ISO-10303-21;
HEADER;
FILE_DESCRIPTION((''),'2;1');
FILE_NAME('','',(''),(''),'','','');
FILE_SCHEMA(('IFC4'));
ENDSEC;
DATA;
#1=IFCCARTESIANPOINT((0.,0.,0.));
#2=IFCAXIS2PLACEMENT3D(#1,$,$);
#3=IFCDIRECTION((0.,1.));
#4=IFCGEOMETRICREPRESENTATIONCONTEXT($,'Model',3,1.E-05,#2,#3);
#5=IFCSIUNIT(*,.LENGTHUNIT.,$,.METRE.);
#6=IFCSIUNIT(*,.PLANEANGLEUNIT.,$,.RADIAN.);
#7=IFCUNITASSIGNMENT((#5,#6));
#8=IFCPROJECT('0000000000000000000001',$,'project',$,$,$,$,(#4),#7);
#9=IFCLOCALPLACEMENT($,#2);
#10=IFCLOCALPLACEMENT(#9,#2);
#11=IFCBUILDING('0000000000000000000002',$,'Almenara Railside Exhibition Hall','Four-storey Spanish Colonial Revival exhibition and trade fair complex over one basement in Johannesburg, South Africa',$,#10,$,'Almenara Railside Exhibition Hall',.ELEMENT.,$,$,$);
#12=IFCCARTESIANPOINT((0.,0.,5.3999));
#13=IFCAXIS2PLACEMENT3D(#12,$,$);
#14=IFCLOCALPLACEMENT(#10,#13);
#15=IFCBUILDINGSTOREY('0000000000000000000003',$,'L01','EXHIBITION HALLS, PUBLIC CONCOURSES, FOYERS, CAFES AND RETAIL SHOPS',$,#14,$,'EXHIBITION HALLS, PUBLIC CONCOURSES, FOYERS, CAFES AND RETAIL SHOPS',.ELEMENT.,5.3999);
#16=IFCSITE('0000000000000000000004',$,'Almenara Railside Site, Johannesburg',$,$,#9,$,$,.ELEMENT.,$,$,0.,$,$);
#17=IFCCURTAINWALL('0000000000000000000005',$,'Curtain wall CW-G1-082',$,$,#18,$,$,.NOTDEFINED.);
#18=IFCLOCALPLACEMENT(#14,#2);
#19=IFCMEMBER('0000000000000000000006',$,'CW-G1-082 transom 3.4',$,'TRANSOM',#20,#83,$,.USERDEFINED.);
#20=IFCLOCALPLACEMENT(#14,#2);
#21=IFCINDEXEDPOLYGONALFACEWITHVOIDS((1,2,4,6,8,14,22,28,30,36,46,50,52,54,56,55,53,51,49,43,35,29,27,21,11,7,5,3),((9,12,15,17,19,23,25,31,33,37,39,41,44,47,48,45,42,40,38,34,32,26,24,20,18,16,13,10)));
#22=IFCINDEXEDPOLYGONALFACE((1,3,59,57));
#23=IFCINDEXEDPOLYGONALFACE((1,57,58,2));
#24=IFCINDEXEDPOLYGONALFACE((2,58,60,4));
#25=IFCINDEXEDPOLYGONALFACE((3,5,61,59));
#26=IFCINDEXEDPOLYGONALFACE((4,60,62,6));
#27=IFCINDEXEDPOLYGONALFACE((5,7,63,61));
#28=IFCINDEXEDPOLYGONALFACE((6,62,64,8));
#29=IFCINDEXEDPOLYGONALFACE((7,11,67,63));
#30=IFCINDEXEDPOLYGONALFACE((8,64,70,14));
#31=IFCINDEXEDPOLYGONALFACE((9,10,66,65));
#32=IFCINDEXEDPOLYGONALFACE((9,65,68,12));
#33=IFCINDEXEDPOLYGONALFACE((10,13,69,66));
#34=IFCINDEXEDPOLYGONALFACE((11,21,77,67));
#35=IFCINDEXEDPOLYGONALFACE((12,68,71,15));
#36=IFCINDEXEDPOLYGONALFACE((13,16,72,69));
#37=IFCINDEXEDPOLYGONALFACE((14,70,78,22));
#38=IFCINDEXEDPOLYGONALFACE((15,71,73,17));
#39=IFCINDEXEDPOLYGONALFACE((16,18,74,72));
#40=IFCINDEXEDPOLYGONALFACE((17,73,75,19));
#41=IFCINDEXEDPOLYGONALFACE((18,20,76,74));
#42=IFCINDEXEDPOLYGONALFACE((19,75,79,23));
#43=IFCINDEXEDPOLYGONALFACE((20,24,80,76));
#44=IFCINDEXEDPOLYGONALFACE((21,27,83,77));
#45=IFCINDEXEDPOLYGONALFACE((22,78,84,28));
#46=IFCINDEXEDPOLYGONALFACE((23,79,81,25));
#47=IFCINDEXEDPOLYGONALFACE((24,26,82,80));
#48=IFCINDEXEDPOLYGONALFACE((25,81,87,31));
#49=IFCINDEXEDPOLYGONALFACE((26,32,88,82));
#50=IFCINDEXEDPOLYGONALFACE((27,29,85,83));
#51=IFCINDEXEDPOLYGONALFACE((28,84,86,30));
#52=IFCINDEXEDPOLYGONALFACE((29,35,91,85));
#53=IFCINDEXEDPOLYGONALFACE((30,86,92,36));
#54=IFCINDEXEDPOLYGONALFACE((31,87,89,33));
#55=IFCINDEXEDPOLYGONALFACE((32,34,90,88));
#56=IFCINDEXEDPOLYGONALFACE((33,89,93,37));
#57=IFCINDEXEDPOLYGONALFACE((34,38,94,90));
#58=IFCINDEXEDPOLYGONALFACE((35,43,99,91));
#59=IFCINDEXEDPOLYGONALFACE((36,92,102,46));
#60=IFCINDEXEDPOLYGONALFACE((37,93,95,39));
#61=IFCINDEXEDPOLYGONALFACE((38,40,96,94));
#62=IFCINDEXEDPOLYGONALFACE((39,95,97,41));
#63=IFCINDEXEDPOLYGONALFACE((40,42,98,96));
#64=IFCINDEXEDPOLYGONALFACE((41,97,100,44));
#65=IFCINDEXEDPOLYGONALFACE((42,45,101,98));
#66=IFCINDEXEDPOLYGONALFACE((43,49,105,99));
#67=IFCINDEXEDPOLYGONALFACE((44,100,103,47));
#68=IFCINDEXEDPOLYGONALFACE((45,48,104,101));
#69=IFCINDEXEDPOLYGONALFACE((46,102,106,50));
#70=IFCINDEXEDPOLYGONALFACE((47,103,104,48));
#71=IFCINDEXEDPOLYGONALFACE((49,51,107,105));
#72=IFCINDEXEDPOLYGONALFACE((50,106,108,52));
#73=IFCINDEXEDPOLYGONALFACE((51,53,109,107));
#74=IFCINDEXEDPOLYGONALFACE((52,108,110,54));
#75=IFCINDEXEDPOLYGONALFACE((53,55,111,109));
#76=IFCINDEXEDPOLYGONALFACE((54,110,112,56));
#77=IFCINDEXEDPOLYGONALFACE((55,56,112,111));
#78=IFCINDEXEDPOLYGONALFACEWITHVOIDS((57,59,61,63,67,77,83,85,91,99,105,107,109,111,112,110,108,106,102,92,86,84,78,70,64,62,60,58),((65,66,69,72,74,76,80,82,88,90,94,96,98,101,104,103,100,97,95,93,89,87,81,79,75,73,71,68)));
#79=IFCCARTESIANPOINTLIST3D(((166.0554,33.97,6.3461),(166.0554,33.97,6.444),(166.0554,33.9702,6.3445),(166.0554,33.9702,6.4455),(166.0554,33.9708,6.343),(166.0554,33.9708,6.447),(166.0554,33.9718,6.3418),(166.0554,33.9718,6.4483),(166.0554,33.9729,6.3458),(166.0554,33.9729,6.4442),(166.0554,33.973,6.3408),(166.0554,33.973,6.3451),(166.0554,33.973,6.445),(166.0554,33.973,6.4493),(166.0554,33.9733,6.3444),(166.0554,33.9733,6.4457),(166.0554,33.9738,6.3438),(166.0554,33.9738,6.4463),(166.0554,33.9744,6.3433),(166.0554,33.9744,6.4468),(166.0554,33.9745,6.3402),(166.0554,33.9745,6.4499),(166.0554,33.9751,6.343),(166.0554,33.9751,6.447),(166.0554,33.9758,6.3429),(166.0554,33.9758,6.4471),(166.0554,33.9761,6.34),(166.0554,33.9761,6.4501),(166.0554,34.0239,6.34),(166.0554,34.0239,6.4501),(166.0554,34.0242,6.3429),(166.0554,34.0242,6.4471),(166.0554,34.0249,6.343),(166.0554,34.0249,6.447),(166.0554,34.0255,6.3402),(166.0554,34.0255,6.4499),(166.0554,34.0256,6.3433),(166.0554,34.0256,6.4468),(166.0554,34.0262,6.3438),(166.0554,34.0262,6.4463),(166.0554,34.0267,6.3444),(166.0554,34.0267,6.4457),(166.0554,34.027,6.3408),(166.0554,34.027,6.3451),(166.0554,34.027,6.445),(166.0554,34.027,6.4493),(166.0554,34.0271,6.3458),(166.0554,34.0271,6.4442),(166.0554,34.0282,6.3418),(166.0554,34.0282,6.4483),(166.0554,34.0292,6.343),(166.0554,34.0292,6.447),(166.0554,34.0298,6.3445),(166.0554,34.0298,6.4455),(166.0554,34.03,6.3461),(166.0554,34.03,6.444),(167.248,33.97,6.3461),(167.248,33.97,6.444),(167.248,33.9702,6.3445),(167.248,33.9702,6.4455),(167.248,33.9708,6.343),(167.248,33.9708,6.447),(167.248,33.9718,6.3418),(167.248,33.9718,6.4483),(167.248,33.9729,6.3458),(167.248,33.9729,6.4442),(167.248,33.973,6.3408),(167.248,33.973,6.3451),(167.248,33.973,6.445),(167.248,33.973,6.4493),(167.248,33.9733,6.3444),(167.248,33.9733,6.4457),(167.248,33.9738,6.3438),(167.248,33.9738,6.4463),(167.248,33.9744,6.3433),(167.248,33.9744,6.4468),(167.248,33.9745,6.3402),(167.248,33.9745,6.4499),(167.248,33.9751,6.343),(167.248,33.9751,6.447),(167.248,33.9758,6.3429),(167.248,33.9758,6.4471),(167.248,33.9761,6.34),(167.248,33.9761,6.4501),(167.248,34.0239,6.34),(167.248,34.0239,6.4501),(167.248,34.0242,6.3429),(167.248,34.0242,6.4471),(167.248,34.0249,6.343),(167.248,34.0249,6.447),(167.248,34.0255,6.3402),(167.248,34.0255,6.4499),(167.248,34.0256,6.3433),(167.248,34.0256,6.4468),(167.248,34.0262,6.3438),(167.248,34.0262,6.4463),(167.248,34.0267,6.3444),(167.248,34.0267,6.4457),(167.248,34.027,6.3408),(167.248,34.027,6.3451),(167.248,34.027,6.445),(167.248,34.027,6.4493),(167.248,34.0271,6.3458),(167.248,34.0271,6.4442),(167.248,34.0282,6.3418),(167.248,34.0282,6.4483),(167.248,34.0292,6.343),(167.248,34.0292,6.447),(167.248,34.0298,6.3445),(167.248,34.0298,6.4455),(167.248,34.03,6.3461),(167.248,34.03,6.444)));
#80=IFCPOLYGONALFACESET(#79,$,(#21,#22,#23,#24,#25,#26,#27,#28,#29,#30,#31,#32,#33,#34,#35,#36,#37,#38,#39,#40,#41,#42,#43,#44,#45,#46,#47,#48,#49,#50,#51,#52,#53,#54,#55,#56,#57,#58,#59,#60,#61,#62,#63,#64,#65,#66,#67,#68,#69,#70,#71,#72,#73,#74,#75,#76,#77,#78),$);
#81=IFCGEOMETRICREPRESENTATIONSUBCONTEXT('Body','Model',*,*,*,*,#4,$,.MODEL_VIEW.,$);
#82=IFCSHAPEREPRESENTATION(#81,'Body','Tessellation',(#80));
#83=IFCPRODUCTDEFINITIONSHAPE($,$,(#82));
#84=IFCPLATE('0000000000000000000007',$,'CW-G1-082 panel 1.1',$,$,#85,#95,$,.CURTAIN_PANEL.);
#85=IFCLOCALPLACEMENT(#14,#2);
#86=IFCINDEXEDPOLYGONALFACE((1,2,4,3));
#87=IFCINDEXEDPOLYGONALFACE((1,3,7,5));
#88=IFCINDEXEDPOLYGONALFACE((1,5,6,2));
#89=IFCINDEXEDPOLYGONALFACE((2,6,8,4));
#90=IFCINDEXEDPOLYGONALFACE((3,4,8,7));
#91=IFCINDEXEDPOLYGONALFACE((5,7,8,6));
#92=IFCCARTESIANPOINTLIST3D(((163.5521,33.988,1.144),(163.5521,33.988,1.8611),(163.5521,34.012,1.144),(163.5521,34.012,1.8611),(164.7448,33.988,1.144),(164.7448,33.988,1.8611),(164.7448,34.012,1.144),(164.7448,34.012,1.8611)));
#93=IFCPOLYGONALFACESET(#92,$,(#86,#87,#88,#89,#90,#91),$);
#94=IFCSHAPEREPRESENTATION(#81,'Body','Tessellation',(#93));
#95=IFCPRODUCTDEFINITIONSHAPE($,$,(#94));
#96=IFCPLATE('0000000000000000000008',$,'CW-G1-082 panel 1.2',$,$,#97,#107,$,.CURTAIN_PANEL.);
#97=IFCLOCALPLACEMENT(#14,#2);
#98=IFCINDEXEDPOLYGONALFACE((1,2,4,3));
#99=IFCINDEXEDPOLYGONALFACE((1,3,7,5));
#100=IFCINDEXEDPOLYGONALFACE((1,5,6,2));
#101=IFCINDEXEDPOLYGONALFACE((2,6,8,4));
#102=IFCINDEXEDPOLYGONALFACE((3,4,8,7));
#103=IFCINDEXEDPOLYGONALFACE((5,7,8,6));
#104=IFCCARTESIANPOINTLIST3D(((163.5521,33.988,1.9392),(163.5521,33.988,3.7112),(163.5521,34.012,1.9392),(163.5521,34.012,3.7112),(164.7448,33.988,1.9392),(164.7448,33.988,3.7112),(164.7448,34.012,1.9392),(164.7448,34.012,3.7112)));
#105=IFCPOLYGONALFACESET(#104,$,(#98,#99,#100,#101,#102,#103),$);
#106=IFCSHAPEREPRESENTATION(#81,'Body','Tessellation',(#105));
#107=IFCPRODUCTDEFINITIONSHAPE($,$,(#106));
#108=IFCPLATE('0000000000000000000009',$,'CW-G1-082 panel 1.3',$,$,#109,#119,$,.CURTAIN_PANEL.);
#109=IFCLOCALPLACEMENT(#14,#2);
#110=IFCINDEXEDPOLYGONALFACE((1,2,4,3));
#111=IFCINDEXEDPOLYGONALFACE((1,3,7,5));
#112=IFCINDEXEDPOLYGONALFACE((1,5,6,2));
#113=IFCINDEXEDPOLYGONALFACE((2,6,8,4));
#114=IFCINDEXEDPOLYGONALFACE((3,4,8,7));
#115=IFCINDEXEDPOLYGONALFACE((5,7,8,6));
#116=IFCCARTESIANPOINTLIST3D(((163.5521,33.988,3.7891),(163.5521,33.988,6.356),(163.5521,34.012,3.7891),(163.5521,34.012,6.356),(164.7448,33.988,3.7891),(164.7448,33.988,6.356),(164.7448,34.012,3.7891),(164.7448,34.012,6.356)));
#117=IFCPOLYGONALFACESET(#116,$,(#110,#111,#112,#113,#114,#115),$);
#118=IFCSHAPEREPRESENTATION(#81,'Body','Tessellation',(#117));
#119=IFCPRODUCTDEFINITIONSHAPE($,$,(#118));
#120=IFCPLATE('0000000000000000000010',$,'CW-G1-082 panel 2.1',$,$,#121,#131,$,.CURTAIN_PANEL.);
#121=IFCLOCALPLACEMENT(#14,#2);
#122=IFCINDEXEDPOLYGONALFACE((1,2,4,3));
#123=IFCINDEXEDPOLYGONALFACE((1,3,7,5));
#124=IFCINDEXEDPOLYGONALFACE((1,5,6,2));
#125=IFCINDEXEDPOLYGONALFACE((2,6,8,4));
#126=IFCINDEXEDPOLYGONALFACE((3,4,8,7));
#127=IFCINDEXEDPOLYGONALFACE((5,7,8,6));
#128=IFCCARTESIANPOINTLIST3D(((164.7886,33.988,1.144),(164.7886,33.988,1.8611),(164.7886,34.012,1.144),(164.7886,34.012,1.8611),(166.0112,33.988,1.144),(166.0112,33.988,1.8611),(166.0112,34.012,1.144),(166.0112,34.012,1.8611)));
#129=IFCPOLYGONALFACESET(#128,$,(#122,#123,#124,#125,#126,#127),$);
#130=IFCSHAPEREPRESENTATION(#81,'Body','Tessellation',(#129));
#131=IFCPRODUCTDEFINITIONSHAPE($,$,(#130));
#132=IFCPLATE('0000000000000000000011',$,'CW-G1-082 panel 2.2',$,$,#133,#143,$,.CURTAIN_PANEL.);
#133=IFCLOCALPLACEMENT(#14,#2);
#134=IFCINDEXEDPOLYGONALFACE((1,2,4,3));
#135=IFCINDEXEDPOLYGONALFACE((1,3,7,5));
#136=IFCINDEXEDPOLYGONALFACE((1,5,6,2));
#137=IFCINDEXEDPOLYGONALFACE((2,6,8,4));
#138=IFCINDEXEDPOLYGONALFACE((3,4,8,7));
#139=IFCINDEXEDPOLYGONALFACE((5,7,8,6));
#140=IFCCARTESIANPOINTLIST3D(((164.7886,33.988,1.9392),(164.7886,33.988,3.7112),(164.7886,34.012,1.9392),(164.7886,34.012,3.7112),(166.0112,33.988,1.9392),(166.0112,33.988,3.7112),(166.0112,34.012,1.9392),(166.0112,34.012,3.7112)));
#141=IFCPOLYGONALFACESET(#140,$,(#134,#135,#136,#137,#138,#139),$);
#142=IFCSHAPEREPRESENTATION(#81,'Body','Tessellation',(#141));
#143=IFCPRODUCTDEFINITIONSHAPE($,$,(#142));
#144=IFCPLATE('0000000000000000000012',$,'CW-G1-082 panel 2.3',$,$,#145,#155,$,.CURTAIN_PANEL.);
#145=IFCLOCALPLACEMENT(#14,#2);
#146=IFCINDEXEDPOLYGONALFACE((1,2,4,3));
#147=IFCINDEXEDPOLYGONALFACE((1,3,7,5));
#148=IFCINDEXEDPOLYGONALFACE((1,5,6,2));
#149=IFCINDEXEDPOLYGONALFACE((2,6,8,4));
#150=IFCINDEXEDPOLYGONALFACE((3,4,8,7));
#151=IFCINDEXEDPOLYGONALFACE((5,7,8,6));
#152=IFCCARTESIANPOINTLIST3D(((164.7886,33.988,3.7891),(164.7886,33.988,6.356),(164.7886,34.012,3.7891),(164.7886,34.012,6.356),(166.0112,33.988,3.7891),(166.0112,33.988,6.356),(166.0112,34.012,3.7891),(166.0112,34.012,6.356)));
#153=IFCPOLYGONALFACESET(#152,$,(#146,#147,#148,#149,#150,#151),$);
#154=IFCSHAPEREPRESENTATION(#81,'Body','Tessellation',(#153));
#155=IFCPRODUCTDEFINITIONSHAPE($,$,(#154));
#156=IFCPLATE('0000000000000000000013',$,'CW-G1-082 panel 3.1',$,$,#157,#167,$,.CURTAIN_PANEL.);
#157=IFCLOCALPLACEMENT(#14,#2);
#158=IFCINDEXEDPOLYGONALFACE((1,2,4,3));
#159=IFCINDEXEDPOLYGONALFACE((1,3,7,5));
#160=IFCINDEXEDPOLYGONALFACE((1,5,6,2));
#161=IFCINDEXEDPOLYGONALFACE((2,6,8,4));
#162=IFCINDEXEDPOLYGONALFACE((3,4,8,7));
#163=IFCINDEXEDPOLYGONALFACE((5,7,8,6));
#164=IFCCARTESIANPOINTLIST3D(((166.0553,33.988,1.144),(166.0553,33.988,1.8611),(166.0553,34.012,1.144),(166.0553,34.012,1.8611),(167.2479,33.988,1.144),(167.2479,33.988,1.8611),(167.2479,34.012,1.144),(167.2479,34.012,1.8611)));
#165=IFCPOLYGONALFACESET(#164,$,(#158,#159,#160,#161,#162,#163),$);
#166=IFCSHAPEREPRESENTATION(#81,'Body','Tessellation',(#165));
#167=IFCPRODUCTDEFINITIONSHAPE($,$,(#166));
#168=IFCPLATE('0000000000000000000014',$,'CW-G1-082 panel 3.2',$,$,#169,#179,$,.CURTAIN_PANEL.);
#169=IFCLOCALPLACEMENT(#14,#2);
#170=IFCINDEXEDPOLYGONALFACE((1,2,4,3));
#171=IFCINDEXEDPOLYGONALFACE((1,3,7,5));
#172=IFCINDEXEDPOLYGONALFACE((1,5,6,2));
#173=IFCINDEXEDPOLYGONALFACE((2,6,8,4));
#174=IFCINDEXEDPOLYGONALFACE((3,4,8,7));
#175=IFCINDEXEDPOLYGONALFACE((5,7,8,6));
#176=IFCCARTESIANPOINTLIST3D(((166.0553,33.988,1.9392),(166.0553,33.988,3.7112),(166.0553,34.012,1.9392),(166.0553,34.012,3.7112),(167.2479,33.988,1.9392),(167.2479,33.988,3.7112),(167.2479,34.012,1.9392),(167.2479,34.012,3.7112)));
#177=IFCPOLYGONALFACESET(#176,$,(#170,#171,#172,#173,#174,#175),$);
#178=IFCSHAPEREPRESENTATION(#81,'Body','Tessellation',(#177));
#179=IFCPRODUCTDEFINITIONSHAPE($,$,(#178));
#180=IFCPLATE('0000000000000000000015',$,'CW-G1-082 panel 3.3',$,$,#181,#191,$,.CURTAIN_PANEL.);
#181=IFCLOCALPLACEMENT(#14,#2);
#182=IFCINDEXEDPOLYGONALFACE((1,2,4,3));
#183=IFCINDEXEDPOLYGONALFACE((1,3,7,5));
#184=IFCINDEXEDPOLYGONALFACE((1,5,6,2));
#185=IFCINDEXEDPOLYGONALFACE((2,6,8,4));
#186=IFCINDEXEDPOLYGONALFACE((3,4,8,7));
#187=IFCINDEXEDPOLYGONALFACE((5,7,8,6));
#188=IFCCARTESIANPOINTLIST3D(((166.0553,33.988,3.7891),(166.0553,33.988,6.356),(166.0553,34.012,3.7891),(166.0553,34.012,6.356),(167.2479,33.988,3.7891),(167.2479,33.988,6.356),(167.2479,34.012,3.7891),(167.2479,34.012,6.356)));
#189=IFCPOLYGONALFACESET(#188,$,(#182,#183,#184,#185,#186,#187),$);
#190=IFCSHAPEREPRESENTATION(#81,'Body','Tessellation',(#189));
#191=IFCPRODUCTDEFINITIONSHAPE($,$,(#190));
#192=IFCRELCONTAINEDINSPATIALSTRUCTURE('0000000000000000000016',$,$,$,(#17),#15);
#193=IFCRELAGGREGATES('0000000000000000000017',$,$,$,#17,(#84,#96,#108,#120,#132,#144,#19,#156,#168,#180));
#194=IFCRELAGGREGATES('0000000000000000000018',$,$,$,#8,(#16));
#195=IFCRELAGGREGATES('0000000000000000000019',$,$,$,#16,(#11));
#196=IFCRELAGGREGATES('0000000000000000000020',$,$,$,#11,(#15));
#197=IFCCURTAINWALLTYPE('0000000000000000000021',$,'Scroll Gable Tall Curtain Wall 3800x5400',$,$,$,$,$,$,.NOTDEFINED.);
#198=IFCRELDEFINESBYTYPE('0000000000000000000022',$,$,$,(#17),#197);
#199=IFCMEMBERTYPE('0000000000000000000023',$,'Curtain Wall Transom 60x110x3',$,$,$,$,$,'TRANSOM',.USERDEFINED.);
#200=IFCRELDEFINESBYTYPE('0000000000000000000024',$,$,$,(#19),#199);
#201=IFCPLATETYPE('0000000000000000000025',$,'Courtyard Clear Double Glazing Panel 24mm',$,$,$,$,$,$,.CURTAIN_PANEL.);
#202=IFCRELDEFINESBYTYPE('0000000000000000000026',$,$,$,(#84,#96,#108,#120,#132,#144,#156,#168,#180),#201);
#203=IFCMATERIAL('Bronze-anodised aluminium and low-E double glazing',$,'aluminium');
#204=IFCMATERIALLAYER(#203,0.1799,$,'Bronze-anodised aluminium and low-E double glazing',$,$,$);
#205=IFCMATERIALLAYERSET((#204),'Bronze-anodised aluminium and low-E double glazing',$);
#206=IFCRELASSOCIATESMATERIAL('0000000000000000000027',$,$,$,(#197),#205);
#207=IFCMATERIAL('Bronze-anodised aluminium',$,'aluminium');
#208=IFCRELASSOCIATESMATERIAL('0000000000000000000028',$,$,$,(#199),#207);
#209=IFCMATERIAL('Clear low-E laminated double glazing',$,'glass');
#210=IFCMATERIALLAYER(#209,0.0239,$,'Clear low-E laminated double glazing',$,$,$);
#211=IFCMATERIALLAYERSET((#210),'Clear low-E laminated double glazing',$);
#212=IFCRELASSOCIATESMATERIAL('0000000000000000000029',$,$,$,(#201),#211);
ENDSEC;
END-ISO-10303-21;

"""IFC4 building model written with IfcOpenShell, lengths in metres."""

from ifc_helpers import new_model, si_unit, direction, frame, origin, origin_2d, place, context, subcontext, project, spatial, rectangle, hollow_rectangle, extrude, material, layer, layer_set, material_profile, profile_set, type_object, element, aggregate, save


model = new_model("IFC4")

# Units and contexts
model_context = context("Model", 3, precision=1e-05, world=origin(), true_north=direction((0.0, 1.0)))
body_context = subcontext(model_context, "Body", "Model", "MODEL_VIEW")
ifc_project = project(units=[si_unit("LENGTHUNIT", "METRE"), si_unit("PLANEANGLEUNIT", "RADIAN")], contexts=[model_context])

# Site, building, storey
site_placement = place(None, origin())
site = spatial("IfcSite", under=ifc_project, at=site_placement, Name="Almenara Railside Site, Johannesburg", CompositionType="ELEMENT", RefElevation=0.0)
building_placement = place(site_placement, origin())
building = spatial("IfcBuilding", under=site, at=building_placement, Name="Almenara Railside Exhibition Hall", Description="Four-storey Spanish Colonial Revival exhibition and trade fair complex over one basement in Johannesburg, South Africa", LongName="Almenara Railside Exhibition Hall", CompositionType="ELEMENT")
storey_placement = place(building_placement, frame((0.0, 0.0, 5.3999)))
storey = spatial("IfcBuildingStorey", under=building, at=storey_placement, Name="L01", Description="EXHIBITION HALLS, PUBLIC CONCOURSES, FOYERS, CAFES AND RETAIL SHOPS", LongName="EXHIBITION HALLS, PUBLIC CONCOURSES, FOYERS, CAFES AND RETAIL SHOPS", CompositionType="ELEMENT", Elevation=5.3999)

# Shared definitions
ifc_material_1 = material(Name="Bronze-anodised aluminium and low-E double glazing", Category="aluminium")
ifc_layer_1 = layer(ifc_material_1, 0.1799, Name="Bronze-anodised aluminium and low-E double glazing")
ifc_layer_set_1 = layer_set([ifc_layer_1], Name="Bronze-anodised aluminium and low-E double glazing")
curtain_wall_type = type_object("IfcCurtainWallType", Name="Scroll Gable Tall Curtain Wall 3800x5400", PredefinedType="NOTDEFINED", material=ifc_layer_set_1)
ifc_material_2 = material(Name="Bronze-anodised aluminium", Category="aluminium")

# Curtain wall, member, plates
curtain_wall_1_placement = place(storey_placement, origin())
curtain_wall_1 = element("IfcCurtainWall", 1, at=curtain_wall_1_placement, inside=storey, type_object=curtain_wall_type, Name="Curtain wall CW-G1-082", PredefinedType="NOTDEFINED")
ifc_material_profile_1 = material_profile(ifc_material_2, hollow_rectangle(XDim=0.0601, YDim=0.1101, WallThickness=0.0029, InnerFilletRadius=0.0029, OuterFilletRadius=0.0061, at=origin_2d()), Name="ALU-TRN 60x110x3")
ifc_profile_set_1 = profile_set([ifc_material_profile_1], Name="Bronze-anodised aluminium")
member_type_1 = type_object("IfcMemberType", Name="Curtain Wall Transom 60x110x3", ElementType="TRANSOM", PredefinedType="USERDEFINED", material=ifc_profile_set_1)
member_1_placement = place(storey_placement, frame((166.0554, 34.0, 6.395), z_axis=(1.0, 0.0, 0.0), x_axis=(0.0, 1.0, 0.0)))
member_1 = element("IfcMember", 2, at=member_1_placement, type_object=member_type_1, Name="CW-G1-082 transom 3.4", ObjectType="TRANSOM", PredefinedType="USERDEFINED", context=body_context, shape_type="SweptSolid", body=[
    extrude(hollow_rectangle(XDim=0.0601, YDim=0.1101, WallThickness=0.0029, InnerFilletRadius=0.0029, OuterFilletRadius=0.0061, at=origin_2d()), origin(), (0.0, 0.0, 1.0), 1.1926),
])
ifc_material_3 = material(Name="Clear low-E laminated double glazing", Category="glass")
ifc_layer_2 = layer(ifc_material_3, 0.0239, Name="Clear low-E laminated double glazing")
ifc_layer_set_2 = layer_set([ifc_layer_2], Name="Clear low-E laminated double glazing")
plate_type = type_object("IfcPlateType", Name="Courtyard Clear Double Glazing Panel 24mm", PredefinedType="CURTAIN_PANEL", material=ifc_layer_set_2)
plate_1_placement = place(storey_placement, frame((164.1484, 34.0, 1.144), z_axis=(0.0, 0.0, 1.0), x_axis=(1.0, 0.0, 0.0)))
plate_1 = element("IfcPlate", 3, at=plate_1_placement, type_object=plate_type, Name="CW-G1-082 panel 1.1", PredefinedType="CURTAIN_PANEL", context=body_context, shape_type="SweptSolid", body=[
    extrude(rectangle(XDim=1.1926, YDim=0.0239, at=origin_2d()), origin(), (0.0, 0.0, 1.0), 0.717),
])
plate_2_placement = place(storey_placement, frame((164.1484, 34.0, 1.9392), z_axis=(0.0, 0.0, 1.0), x_axis=(1.0, 0.0, 0.0)))
plate_2 = element("IfcPlate", 4, at=plate_2_placement, type_object=plate_type, Name="CW-G1-082 panel 1.2", PredefinedType="CURTAIN_PANEL", context=body_context, shape_type="SweptSolid", body=[
    extrude(rectangle(XDim=1.1926, YDim=0.0239, at=origin_2d()), origin(), (0.0, 0.0, 1.0), 1.772),
])
plate_3_placement = place(storey_placement, frame((164.1484, 34.0, 3.7891), z_axis=(0.0, 0.0, 1.0), x_axis=(1.0, 0.0, 0.0)))
plate_3 = element("IfcPlate", 5, at=plate_3_placement, type_object=plate_type, Name="CW-G1-082 panel 1.3", PredefinedType="CURTAIN_PANEL", context=body_context, shape_type="SweptSolid", body=[
    extrude(rectangle(XDim=1.1926, YDim=0.0239, at=origin_2d()), origin(), (0.0, 0.0, 1.0), 2.5669),
])
plate_4_placement = place(storey_placement, frame((165.3999, 34.0, 1.144), z_axis=(0.0, 0.0, 1.0), x_axis=(1.0, 0.0, 0.0)))
plate_4 = element("IfcPlate", 6, at=plate_4_placement, type_object=plate_type, Name="CW-G1-082 panel 2.1", PredefinedType="CURTAIN_PANEL", context=body_context, shape_type="SweptSolid", body=[
    extrude(rectangle(XDim=1.2227, YDim=0.0239, at=origin_2d()), origin(), (0.0, 0.0, 1.0), 0.717),
])
plate_5_placement = place(storey_placement, frame((165.3999, 34.0, 1.9392), z_axis=(0.0, 0.0, 1.0), x_axis=(1.0, 0.0, 0.0)))
plate_5 = element("IfcPlate", 7, at=plate_5_placement, type_object=plate_type, Name="CW-G1-082 panel 2.2", PredefinedType="CURTAIN_PANEL", context=body_context, shape_type="SweptSolid", body=[
    extrude(rectangle(XDim=1.2227, YDim=0.0239, at=origin_2d()), origin(), (0.0, 0.0, 1.0), 1.772),
])
plate_6_placement = place(storey_placement, frame((165.3999, 34.0, 3.7891), z_axis=(0.0, 0.0, 1.0), x_axis=(1.0, 0.0, 0.0)))
plate_6 = element("IfcPlate", 8, at=plate_6_placement, type_object=plate_type, Name="CW-G1-082 panel 2.3", PredefinedType="CURTAIN_PANEL", context=body_context, shape_type="SweptSolid", body=[
    extrude(rectangle(XDim=1.2227, YDim=0.0239, at=origin_2d()), origin(), (0.0, 0.0, 1.0), 2.5669),
])
plate_7_placement = place(storey_placement, frame((166.6516, 34.0, 1.144), z_axis=(0.0, 0.0, 1.0), x_axis=(1.0, 0.0, 0.0)))
plate_7 = element("IfcPlate", 9, at=plate_7_placement, type_object=plate_type, Name="CW-G1-082 panel 3.1", PredefinedType="CURTAIN_PANEL", context=body_context, shape_type="SweptSolid", body=[
    extrude(rectangle(XDim=1.1926, YDim=0.0239, at=origin_2d()), origin(), (0.0, 0.0, 1.0), 0.717),
])
plate_8_placement = place(storey_placement, frame((166.6516, 34.0, 1.9392), z_axis=(0.0, 0.0, 1.0), x_axis=(1.0, 0.0, 0.0)))
plate_8 = element("IfcPlate", 10, at=plate_8_placement, type_object=plate_type, Name="CW-G1-082 panel 3.2", PredefinedType="CURTAIN_PANEL", context=body_context, shape_type="SweptSolid", body=[
    extrude(rectangle(XDim=1.1926, YDim=0.0239, at=origin_2d()), origin(), (0.0, 0.0, 1.0), 1.772),
])
plate_9_placement = place(storey_placement, frame((166.6516, 34.0, 3.7891), z_axis=(0.0, 0.0, 1.0), x_axis=(1.0, 0.0, 0.0)))
plate_9 = element("IfcPlate", 11, at=plate_9_placement, type_object=plate_type, Name="CW-G1-082 panel 3.3", PredefinedType="CURTAIN_PANEL", context=body_context, shape_type="SweptSolid", body=[
    extrude(rectangle(XDim=1.1926, YDim=0.0239, at=origin_2d()), origin(), (0.0, 0.0, 1.0), 2.5669),
])
aggregate(curtain_wall_1, [plate_1, plate_2, plate_3, plate_4, plate_5, plate_6, member_1, plate_7, plate_8, plate_9])

save(model, "model.ifc")
